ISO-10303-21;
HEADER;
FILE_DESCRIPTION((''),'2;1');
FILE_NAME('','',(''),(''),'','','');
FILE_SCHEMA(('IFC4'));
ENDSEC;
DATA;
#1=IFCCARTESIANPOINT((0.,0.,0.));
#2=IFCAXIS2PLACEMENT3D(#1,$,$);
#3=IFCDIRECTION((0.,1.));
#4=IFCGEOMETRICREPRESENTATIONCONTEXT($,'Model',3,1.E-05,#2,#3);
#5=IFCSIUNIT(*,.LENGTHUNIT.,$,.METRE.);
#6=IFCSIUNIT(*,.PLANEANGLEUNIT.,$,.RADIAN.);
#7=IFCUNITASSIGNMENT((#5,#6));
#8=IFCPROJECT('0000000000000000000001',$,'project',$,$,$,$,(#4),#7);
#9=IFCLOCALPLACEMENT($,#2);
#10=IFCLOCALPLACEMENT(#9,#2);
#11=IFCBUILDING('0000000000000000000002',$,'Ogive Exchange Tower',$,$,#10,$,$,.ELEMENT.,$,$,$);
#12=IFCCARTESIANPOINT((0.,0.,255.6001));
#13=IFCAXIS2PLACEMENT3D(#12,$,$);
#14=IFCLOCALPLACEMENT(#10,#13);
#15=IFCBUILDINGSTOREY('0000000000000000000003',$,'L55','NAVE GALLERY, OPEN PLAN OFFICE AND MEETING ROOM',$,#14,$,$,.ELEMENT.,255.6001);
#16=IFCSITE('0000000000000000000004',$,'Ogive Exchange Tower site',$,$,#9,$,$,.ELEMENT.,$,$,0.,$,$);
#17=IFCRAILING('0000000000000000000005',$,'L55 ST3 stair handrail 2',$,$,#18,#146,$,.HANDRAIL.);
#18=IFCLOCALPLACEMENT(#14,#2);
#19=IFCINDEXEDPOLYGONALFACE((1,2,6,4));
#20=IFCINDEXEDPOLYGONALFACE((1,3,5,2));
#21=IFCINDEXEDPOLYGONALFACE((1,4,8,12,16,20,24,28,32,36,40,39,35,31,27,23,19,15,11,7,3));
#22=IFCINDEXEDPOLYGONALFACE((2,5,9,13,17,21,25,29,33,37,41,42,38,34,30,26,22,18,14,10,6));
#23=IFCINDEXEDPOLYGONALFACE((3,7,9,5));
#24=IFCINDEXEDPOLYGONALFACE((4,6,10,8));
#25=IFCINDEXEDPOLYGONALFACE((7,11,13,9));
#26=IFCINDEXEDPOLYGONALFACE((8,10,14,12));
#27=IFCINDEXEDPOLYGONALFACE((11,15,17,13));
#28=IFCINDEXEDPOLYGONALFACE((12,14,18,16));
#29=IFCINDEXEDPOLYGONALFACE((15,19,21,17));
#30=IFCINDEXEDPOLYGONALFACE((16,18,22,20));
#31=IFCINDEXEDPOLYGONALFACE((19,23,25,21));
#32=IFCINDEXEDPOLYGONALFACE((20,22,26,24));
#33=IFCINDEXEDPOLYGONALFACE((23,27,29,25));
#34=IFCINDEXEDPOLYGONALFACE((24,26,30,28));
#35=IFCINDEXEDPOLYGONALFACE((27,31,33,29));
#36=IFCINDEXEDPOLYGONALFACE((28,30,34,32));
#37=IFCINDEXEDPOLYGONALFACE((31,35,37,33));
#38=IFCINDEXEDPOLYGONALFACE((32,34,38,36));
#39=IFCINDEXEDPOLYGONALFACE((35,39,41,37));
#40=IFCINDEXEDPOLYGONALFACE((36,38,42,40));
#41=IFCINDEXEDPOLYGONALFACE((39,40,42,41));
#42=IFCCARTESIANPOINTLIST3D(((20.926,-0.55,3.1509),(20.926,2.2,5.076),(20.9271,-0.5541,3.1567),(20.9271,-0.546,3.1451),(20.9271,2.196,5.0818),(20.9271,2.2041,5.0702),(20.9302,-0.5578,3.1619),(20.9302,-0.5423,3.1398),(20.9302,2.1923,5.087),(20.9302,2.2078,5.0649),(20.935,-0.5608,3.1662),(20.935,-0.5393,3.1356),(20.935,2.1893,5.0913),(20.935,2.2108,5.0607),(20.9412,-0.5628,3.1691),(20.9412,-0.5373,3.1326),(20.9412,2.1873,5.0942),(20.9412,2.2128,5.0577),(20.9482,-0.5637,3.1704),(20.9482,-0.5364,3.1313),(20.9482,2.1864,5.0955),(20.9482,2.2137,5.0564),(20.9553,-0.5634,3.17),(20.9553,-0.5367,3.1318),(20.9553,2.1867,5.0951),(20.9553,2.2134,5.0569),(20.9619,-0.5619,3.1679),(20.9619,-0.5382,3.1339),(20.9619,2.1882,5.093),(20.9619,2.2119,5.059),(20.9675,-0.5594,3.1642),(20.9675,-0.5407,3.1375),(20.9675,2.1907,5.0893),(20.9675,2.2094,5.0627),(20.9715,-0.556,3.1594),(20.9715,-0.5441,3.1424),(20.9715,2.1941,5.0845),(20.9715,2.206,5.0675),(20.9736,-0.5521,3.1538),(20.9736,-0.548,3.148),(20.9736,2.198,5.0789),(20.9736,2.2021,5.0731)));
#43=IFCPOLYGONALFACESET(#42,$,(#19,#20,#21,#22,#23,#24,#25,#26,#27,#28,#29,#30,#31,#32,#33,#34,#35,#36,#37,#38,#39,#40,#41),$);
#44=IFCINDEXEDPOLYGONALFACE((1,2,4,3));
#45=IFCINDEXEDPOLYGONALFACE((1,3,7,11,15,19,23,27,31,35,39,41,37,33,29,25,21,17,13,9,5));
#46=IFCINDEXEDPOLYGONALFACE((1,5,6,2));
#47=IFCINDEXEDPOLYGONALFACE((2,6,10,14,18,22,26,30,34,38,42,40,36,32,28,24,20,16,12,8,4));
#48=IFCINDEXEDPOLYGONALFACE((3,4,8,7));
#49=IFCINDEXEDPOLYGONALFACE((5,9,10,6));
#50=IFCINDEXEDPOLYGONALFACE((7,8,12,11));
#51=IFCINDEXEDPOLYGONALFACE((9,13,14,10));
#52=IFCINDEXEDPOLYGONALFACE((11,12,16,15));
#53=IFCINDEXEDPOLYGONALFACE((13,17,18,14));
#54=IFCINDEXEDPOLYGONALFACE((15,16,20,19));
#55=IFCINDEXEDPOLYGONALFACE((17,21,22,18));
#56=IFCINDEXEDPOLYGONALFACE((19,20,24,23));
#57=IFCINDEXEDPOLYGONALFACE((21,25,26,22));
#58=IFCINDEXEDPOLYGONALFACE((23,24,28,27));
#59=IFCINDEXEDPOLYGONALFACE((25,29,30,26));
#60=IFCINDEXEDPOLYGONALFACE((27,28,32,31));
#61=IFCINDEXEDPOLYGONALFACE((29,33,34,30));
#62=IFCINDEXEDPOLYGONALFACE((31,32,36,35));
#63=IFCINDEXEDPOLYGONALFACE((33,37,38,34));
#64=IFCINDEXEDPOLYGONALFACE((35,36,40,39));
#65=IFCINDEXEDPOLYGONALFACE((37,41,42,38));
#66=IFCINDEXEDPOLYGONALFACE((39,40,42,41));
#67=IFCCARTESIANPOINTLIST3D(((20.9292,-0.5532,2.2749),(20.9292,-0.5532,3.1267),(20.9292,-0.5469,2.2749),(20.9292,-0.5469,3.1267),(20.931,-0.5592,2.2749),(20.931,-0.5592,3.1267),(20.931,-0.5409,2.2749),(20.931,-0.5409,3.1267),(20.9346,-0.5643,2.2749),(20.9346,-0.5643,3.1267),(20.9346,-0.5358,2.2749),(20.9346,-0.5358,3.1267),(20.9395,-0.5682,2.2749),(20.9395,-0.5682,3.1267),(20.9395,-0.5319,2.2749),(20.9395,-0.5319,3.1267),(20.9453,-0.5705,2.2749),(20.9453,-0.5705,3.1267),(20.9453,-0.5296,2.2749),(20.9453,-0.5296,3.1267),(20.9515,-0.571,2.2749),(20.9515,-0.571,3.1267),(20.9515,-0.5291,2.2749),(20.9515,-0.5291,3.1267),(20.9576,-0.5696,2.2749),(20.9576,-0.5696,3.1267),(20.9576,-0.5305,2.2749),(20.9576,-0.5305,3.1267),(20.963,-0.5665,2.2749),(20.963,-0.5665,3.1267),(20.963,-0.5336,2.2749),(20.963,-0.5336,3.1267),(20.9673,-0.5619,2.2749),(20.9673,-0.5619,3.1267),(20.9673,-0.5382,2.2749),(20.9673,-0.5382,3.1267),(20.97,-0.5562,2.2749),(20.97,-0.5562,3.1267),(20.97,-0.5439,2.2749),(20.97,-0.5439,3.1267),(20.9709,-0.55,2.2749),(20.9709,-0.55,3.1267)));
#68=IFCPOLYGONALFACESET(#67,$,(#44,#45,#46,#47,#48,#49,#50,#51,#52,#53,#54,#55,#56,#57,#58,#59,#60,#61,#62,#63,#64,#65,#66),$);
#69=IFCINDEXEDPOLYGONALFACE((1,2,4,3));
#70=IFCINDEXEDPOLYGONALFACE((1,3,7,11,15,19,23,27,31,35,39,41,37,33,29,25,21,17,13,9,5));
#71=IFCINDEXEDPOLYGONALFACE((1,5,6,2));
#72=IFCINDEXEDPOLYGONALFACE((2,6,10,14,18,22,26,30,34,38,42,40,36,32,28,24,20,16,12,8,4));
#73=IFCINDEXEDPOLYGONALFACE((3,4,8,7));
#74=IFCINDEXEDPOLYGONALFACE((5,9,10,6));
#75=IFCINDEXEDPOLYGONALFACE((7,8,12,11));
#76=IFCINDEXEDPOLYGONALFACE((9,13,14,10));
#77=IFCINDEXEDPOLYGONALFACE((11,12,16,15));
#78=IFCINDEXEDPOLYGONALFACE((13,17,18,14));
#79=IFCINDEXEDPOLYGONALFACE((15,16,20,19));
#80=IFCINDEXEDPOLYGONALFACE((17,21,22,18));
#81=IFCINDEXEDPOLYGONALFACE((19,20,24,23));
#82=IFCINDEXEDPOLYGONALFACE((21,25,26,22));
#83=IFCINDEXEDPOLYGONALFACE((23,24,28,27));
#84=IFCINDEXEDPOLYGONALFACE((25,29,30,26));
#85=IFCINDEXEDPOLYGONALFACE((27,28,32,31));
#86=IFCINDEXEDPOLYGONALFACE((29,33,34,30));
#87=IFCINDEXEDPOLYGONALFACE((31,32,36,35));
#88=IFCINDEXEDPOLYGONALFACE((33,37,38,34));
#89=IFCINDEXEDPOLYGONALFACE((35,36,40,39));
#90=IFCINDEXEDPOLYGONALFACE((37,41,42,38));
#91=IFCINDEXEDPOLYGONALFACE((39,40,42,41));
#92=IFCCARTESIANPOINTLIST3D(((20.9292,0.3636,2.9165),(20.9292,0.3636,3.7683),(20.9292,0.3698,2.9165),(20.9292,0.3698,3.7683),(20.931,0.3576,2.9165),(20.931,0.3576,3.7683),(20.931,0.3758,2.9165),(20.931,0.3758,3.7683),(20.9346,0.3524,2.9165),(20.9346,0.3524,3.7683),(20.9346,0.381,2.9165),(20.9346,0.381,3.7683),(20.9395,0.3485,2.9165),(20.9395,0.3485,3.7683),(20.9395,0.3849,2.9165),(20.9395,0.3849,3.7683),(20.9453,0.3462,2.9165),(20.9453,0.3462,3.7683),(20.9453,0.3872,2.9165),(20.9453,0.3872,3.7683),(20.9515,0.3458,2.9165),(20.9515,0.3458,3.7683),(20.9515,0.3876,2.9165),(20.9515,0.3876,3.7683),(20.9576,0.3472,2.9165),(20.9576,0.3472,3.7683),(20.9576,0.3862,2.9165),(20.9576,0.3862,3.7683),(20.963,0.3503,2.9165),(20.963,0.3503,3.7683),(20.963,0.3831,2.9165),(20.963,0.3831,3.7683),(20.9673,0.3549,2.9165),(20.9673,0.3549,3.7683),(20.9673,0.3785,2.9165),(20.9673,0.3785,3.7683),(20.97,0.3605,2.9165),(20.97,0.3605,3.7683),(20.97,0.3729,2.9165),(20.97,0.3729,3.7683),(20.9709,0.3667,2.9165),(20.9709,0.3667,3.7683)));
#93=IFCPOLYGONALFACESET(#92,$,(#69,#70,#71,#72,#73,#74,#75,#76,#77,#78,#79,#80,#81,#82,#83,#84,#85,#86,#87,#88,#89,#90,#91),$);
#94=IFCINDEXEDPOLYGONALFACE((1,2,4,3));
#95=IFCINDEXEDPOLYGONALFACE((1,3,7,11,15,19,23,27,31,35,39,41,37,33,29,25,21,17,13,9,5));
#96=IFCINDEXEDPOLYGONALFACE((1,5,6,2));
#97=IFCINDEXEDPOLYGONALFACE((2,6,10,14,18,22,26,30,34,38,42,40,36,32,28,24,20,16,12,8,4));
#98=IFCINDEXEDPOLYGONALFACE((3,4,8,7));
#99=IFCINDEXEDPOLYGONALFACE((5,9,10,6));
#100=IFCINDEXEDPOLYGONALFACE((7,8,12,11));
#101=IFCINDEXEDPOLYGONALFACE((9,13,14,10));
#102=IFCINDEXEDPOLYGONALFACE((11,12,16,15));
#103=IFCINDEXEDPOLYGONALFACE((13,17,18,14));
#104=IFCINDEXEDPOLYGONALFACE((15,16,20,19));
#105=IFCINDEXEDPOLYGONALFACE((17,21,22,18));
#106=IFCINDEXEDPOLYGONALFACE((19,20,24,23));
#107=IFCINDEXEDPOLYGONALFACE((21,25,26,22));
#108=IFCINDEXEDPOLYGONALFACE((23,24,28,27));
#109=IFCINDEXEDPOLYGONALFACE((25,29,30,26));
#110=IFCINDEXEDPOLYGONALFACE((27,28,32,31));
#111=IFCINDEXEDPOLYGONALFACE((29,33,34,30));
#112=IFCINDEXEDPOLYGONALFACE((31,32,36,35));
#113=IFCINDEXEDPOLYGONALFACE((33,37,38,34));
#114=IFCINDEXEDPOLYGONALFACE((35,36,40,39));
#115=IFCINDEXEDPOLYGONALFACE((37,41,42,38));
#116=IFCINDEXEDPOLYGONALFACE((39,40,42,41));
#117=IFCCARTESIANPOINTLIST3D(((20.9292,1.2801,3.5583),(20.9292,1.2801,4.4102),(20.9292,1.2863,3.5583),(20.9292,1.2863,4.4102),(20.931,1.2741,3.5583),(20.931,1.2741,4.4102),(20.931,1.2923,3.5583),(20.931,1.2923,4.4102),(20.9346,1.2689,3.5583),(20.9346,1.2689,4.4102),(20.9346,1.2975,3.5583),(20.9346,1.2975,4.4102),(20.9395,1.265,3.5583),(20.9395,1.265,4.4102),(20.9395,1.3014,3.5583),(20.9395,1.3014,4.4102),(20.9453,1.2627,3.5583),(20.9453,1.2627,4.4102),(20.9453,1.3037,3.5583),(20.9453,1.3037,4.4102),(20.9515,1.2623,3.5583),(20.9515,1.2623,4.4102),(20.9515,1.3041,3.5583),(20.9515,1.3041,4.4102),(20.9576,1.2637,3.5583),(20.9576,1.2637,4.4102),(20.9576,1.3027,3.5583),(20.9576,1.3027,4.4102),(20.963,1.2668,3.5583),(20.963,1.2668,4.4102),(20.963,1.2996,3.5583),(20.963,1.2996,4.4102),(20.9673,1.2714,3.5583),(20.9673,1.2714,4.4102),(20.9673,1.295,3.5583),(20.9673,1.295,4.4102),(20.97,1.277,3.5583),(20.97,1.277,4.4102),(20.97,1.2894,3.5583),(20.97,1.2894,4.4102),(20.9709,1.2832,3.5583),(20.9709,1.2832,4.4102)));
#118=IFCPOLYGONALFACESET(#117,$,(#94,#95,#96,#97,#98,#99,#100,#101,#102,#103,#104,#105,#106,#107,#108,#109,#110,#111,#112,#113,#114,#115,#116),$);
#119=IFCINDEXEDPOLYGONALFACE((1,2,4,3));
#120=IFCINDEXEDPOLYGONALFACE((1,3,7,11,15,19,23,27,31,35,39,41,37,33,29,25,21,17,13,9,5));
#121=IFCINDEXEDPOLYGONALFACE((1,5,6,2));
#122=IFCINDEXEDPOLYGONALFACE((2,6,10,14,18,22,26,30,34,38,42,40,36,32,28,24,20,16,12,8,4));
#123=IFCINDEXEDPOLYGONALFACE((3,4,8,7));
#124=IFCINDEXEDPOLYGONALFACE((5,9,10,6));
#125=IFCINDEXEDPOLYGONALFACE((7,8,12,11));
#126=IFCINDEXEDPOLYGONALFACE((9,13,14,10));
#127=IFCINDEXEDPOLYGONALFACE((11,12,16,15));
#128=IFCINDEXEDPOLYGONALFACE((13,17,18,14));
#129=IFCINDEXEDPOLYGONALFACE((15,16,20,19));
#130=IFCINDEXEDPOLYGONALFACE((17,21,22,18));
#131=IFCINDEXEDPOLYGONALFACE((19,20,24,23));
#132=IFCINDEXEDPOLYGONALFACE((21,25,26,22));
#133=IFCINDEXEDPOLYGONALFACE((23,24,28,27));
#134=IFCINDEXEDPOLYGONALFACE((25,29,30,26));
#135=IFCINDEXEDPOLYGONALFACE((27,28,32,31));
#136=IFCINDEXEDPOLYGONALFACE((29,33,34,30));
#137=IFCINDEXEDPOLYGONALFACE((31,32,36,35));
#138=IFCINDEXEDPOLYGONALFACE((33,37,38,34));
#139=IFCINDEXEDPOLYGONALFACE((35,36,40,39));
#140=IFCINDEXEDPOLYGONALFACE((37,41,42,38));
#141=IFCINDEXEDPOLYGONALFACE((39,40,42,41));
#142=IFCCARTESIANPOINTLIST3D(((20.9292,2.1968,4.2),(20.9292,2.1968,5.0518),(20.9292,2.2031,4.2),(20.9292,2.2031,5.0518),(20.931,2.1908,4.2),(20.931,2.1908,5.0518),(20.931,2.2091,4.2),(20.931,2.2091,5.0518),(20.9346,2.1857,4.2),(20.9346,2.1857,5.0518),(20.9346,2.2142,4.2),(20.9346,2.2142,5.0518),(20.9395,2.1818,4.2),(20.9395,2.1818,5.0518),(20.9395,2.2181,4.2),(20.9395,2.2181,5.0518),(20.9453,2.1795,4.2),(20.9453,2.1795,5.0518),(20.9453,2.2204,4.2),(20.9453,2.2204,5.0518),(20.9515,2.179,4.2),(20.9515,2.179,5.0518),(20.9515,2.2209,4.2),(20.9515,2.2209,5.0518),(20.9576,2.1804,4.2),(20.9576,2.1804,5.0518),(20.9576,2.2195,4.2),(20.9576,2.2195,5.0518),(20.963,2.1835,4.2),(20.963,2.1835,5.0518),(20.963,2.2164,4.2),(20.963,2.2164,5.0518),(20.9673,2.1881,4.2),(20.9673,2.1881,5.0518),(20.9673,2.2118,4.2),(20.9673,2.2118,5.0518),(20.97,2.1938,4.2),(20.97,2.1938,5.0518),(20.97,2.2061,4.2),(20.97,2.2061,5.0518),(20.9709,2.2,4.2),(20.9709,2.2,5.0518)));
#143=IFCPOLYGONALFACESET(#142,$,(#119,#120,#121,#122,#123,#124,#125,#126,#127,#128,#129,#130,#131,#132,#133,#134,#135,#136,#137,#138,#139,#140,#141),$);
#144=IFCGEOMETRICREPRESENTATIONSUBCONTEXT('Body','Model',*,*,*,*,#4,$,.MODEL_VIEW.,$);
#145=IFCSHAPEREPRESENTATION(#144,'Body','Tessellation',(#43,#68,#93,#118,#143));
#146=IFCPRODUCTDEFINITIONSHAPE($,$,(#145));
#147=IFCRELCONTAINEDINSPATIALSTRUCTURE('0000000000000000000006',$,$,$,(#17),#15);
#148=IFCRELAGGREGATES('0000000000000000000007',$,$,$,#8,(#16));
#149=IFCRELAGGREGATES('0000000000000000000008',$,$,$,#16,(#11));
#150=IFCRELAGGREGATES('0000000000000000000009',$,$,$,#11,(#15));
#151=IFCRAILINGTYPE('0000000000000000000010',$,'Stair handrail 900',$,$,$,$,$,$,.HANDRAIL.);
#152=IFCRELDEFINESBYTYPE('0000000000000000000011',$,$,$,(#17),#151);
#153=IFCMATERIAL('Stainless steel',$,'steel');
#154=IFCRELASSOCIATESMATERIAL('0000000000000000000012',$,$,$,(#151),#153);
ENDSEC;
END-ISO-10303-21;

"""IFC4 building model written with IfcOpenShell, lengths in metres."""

from ifc_helpers import new_model, si_unit, direction, frame, origin, origin_2d, place, context, subcontext, project, spatial, circle, extrude, material, type_object, element, save


model = new_model("IFC4")

# Units and contexts
model_context = context("Model", 3, precision=1e-05, world=origin(), true_north=direction((0.0, 1.0)))
body_context = subcontext(model_context, "Body", "Model", "MODEL_VIEW")
ifc_project = project(units=[si_unit("LENGTHUNIT", "METRE"), si_unit("PLANEANGLEUNIT", "RADIAN")], contexts=[model_context])

# Site, building, storey
site_placement = place(None, origin())
site = spatial("IfcSite", under=ifc_project, at=site_placement, Name="Ogive Exchange Tower site", CompositionType="ELEMENT", RefElevation=0.0)
building_placement = place(site_placement, origin())
building = spatial("IfcBuilding", under=site, at=building_placement, Name="Ogive Exchange Tower", CompositionType="ELEMENT")
storey_placement = place(building_placement, frame((0.0, 0.0, 255.6001)))
storey = spatial("IfcBuildingStorey", under=building, at=storey_placement, Name="L55", Description="NAVE GALLERY, OPEN PLAN OFFICE AND MEETING ROOM", CompositionType="ELEMENT", Elevation=255.6001)

# Shared definitions
ifc_material_1 = material(Name="Stainless steel", Category="steel")

# Railing
railing_type = type_object("IfcRailingType", Name="Stair handrail 900", PredefinedType="HANDRAIL", material=ifc_material_1)
railing_1_placement = place(storey_placement, frame((20.95, -0.55, 2.2749)))
element("IfcRailing", 1, at=railing_1_placement, inside=storey, type_object=railing_type, Name="L55 ST3 stair handrail 2", PredefinedType="HANDRAIL", context=body_context, shape_type="SweptSolid", body=[
    extrude(circle(Radius=0.0239, at=origin_2d()), frame((0.0, 0.0, 0.876), z_axis=(0.0, 0.819225, 0.573472), x_axis=(-1.0, 0.0, 0.0)), (0.0, 0.0, 1.0), 3.3569),
    extrude(circle(Radius=0.021, at=origin_2d()), origin(), (0.0, 0.0, 1.0), 0.8518),
    extrude(circle(Radius=0.021, at=origin_2d()), frame((0.0, 0.9167, 0.6416)), (0.0, 0.0, 1.0), 0.8518),
    extrude(circle(Radius=0.021, at=origin_2d()), frame((0.0, 1.8333, 1.2834)), (0.0, 0.0, 1.0), 0.8518),
    extrude(circle(Radius=0.021, at=origin_2d()), frame((0.0, 2.75, 1.925)), (0.0, 0.0, 1.0), 0.8518),
])

save(model, "model.ifc")
